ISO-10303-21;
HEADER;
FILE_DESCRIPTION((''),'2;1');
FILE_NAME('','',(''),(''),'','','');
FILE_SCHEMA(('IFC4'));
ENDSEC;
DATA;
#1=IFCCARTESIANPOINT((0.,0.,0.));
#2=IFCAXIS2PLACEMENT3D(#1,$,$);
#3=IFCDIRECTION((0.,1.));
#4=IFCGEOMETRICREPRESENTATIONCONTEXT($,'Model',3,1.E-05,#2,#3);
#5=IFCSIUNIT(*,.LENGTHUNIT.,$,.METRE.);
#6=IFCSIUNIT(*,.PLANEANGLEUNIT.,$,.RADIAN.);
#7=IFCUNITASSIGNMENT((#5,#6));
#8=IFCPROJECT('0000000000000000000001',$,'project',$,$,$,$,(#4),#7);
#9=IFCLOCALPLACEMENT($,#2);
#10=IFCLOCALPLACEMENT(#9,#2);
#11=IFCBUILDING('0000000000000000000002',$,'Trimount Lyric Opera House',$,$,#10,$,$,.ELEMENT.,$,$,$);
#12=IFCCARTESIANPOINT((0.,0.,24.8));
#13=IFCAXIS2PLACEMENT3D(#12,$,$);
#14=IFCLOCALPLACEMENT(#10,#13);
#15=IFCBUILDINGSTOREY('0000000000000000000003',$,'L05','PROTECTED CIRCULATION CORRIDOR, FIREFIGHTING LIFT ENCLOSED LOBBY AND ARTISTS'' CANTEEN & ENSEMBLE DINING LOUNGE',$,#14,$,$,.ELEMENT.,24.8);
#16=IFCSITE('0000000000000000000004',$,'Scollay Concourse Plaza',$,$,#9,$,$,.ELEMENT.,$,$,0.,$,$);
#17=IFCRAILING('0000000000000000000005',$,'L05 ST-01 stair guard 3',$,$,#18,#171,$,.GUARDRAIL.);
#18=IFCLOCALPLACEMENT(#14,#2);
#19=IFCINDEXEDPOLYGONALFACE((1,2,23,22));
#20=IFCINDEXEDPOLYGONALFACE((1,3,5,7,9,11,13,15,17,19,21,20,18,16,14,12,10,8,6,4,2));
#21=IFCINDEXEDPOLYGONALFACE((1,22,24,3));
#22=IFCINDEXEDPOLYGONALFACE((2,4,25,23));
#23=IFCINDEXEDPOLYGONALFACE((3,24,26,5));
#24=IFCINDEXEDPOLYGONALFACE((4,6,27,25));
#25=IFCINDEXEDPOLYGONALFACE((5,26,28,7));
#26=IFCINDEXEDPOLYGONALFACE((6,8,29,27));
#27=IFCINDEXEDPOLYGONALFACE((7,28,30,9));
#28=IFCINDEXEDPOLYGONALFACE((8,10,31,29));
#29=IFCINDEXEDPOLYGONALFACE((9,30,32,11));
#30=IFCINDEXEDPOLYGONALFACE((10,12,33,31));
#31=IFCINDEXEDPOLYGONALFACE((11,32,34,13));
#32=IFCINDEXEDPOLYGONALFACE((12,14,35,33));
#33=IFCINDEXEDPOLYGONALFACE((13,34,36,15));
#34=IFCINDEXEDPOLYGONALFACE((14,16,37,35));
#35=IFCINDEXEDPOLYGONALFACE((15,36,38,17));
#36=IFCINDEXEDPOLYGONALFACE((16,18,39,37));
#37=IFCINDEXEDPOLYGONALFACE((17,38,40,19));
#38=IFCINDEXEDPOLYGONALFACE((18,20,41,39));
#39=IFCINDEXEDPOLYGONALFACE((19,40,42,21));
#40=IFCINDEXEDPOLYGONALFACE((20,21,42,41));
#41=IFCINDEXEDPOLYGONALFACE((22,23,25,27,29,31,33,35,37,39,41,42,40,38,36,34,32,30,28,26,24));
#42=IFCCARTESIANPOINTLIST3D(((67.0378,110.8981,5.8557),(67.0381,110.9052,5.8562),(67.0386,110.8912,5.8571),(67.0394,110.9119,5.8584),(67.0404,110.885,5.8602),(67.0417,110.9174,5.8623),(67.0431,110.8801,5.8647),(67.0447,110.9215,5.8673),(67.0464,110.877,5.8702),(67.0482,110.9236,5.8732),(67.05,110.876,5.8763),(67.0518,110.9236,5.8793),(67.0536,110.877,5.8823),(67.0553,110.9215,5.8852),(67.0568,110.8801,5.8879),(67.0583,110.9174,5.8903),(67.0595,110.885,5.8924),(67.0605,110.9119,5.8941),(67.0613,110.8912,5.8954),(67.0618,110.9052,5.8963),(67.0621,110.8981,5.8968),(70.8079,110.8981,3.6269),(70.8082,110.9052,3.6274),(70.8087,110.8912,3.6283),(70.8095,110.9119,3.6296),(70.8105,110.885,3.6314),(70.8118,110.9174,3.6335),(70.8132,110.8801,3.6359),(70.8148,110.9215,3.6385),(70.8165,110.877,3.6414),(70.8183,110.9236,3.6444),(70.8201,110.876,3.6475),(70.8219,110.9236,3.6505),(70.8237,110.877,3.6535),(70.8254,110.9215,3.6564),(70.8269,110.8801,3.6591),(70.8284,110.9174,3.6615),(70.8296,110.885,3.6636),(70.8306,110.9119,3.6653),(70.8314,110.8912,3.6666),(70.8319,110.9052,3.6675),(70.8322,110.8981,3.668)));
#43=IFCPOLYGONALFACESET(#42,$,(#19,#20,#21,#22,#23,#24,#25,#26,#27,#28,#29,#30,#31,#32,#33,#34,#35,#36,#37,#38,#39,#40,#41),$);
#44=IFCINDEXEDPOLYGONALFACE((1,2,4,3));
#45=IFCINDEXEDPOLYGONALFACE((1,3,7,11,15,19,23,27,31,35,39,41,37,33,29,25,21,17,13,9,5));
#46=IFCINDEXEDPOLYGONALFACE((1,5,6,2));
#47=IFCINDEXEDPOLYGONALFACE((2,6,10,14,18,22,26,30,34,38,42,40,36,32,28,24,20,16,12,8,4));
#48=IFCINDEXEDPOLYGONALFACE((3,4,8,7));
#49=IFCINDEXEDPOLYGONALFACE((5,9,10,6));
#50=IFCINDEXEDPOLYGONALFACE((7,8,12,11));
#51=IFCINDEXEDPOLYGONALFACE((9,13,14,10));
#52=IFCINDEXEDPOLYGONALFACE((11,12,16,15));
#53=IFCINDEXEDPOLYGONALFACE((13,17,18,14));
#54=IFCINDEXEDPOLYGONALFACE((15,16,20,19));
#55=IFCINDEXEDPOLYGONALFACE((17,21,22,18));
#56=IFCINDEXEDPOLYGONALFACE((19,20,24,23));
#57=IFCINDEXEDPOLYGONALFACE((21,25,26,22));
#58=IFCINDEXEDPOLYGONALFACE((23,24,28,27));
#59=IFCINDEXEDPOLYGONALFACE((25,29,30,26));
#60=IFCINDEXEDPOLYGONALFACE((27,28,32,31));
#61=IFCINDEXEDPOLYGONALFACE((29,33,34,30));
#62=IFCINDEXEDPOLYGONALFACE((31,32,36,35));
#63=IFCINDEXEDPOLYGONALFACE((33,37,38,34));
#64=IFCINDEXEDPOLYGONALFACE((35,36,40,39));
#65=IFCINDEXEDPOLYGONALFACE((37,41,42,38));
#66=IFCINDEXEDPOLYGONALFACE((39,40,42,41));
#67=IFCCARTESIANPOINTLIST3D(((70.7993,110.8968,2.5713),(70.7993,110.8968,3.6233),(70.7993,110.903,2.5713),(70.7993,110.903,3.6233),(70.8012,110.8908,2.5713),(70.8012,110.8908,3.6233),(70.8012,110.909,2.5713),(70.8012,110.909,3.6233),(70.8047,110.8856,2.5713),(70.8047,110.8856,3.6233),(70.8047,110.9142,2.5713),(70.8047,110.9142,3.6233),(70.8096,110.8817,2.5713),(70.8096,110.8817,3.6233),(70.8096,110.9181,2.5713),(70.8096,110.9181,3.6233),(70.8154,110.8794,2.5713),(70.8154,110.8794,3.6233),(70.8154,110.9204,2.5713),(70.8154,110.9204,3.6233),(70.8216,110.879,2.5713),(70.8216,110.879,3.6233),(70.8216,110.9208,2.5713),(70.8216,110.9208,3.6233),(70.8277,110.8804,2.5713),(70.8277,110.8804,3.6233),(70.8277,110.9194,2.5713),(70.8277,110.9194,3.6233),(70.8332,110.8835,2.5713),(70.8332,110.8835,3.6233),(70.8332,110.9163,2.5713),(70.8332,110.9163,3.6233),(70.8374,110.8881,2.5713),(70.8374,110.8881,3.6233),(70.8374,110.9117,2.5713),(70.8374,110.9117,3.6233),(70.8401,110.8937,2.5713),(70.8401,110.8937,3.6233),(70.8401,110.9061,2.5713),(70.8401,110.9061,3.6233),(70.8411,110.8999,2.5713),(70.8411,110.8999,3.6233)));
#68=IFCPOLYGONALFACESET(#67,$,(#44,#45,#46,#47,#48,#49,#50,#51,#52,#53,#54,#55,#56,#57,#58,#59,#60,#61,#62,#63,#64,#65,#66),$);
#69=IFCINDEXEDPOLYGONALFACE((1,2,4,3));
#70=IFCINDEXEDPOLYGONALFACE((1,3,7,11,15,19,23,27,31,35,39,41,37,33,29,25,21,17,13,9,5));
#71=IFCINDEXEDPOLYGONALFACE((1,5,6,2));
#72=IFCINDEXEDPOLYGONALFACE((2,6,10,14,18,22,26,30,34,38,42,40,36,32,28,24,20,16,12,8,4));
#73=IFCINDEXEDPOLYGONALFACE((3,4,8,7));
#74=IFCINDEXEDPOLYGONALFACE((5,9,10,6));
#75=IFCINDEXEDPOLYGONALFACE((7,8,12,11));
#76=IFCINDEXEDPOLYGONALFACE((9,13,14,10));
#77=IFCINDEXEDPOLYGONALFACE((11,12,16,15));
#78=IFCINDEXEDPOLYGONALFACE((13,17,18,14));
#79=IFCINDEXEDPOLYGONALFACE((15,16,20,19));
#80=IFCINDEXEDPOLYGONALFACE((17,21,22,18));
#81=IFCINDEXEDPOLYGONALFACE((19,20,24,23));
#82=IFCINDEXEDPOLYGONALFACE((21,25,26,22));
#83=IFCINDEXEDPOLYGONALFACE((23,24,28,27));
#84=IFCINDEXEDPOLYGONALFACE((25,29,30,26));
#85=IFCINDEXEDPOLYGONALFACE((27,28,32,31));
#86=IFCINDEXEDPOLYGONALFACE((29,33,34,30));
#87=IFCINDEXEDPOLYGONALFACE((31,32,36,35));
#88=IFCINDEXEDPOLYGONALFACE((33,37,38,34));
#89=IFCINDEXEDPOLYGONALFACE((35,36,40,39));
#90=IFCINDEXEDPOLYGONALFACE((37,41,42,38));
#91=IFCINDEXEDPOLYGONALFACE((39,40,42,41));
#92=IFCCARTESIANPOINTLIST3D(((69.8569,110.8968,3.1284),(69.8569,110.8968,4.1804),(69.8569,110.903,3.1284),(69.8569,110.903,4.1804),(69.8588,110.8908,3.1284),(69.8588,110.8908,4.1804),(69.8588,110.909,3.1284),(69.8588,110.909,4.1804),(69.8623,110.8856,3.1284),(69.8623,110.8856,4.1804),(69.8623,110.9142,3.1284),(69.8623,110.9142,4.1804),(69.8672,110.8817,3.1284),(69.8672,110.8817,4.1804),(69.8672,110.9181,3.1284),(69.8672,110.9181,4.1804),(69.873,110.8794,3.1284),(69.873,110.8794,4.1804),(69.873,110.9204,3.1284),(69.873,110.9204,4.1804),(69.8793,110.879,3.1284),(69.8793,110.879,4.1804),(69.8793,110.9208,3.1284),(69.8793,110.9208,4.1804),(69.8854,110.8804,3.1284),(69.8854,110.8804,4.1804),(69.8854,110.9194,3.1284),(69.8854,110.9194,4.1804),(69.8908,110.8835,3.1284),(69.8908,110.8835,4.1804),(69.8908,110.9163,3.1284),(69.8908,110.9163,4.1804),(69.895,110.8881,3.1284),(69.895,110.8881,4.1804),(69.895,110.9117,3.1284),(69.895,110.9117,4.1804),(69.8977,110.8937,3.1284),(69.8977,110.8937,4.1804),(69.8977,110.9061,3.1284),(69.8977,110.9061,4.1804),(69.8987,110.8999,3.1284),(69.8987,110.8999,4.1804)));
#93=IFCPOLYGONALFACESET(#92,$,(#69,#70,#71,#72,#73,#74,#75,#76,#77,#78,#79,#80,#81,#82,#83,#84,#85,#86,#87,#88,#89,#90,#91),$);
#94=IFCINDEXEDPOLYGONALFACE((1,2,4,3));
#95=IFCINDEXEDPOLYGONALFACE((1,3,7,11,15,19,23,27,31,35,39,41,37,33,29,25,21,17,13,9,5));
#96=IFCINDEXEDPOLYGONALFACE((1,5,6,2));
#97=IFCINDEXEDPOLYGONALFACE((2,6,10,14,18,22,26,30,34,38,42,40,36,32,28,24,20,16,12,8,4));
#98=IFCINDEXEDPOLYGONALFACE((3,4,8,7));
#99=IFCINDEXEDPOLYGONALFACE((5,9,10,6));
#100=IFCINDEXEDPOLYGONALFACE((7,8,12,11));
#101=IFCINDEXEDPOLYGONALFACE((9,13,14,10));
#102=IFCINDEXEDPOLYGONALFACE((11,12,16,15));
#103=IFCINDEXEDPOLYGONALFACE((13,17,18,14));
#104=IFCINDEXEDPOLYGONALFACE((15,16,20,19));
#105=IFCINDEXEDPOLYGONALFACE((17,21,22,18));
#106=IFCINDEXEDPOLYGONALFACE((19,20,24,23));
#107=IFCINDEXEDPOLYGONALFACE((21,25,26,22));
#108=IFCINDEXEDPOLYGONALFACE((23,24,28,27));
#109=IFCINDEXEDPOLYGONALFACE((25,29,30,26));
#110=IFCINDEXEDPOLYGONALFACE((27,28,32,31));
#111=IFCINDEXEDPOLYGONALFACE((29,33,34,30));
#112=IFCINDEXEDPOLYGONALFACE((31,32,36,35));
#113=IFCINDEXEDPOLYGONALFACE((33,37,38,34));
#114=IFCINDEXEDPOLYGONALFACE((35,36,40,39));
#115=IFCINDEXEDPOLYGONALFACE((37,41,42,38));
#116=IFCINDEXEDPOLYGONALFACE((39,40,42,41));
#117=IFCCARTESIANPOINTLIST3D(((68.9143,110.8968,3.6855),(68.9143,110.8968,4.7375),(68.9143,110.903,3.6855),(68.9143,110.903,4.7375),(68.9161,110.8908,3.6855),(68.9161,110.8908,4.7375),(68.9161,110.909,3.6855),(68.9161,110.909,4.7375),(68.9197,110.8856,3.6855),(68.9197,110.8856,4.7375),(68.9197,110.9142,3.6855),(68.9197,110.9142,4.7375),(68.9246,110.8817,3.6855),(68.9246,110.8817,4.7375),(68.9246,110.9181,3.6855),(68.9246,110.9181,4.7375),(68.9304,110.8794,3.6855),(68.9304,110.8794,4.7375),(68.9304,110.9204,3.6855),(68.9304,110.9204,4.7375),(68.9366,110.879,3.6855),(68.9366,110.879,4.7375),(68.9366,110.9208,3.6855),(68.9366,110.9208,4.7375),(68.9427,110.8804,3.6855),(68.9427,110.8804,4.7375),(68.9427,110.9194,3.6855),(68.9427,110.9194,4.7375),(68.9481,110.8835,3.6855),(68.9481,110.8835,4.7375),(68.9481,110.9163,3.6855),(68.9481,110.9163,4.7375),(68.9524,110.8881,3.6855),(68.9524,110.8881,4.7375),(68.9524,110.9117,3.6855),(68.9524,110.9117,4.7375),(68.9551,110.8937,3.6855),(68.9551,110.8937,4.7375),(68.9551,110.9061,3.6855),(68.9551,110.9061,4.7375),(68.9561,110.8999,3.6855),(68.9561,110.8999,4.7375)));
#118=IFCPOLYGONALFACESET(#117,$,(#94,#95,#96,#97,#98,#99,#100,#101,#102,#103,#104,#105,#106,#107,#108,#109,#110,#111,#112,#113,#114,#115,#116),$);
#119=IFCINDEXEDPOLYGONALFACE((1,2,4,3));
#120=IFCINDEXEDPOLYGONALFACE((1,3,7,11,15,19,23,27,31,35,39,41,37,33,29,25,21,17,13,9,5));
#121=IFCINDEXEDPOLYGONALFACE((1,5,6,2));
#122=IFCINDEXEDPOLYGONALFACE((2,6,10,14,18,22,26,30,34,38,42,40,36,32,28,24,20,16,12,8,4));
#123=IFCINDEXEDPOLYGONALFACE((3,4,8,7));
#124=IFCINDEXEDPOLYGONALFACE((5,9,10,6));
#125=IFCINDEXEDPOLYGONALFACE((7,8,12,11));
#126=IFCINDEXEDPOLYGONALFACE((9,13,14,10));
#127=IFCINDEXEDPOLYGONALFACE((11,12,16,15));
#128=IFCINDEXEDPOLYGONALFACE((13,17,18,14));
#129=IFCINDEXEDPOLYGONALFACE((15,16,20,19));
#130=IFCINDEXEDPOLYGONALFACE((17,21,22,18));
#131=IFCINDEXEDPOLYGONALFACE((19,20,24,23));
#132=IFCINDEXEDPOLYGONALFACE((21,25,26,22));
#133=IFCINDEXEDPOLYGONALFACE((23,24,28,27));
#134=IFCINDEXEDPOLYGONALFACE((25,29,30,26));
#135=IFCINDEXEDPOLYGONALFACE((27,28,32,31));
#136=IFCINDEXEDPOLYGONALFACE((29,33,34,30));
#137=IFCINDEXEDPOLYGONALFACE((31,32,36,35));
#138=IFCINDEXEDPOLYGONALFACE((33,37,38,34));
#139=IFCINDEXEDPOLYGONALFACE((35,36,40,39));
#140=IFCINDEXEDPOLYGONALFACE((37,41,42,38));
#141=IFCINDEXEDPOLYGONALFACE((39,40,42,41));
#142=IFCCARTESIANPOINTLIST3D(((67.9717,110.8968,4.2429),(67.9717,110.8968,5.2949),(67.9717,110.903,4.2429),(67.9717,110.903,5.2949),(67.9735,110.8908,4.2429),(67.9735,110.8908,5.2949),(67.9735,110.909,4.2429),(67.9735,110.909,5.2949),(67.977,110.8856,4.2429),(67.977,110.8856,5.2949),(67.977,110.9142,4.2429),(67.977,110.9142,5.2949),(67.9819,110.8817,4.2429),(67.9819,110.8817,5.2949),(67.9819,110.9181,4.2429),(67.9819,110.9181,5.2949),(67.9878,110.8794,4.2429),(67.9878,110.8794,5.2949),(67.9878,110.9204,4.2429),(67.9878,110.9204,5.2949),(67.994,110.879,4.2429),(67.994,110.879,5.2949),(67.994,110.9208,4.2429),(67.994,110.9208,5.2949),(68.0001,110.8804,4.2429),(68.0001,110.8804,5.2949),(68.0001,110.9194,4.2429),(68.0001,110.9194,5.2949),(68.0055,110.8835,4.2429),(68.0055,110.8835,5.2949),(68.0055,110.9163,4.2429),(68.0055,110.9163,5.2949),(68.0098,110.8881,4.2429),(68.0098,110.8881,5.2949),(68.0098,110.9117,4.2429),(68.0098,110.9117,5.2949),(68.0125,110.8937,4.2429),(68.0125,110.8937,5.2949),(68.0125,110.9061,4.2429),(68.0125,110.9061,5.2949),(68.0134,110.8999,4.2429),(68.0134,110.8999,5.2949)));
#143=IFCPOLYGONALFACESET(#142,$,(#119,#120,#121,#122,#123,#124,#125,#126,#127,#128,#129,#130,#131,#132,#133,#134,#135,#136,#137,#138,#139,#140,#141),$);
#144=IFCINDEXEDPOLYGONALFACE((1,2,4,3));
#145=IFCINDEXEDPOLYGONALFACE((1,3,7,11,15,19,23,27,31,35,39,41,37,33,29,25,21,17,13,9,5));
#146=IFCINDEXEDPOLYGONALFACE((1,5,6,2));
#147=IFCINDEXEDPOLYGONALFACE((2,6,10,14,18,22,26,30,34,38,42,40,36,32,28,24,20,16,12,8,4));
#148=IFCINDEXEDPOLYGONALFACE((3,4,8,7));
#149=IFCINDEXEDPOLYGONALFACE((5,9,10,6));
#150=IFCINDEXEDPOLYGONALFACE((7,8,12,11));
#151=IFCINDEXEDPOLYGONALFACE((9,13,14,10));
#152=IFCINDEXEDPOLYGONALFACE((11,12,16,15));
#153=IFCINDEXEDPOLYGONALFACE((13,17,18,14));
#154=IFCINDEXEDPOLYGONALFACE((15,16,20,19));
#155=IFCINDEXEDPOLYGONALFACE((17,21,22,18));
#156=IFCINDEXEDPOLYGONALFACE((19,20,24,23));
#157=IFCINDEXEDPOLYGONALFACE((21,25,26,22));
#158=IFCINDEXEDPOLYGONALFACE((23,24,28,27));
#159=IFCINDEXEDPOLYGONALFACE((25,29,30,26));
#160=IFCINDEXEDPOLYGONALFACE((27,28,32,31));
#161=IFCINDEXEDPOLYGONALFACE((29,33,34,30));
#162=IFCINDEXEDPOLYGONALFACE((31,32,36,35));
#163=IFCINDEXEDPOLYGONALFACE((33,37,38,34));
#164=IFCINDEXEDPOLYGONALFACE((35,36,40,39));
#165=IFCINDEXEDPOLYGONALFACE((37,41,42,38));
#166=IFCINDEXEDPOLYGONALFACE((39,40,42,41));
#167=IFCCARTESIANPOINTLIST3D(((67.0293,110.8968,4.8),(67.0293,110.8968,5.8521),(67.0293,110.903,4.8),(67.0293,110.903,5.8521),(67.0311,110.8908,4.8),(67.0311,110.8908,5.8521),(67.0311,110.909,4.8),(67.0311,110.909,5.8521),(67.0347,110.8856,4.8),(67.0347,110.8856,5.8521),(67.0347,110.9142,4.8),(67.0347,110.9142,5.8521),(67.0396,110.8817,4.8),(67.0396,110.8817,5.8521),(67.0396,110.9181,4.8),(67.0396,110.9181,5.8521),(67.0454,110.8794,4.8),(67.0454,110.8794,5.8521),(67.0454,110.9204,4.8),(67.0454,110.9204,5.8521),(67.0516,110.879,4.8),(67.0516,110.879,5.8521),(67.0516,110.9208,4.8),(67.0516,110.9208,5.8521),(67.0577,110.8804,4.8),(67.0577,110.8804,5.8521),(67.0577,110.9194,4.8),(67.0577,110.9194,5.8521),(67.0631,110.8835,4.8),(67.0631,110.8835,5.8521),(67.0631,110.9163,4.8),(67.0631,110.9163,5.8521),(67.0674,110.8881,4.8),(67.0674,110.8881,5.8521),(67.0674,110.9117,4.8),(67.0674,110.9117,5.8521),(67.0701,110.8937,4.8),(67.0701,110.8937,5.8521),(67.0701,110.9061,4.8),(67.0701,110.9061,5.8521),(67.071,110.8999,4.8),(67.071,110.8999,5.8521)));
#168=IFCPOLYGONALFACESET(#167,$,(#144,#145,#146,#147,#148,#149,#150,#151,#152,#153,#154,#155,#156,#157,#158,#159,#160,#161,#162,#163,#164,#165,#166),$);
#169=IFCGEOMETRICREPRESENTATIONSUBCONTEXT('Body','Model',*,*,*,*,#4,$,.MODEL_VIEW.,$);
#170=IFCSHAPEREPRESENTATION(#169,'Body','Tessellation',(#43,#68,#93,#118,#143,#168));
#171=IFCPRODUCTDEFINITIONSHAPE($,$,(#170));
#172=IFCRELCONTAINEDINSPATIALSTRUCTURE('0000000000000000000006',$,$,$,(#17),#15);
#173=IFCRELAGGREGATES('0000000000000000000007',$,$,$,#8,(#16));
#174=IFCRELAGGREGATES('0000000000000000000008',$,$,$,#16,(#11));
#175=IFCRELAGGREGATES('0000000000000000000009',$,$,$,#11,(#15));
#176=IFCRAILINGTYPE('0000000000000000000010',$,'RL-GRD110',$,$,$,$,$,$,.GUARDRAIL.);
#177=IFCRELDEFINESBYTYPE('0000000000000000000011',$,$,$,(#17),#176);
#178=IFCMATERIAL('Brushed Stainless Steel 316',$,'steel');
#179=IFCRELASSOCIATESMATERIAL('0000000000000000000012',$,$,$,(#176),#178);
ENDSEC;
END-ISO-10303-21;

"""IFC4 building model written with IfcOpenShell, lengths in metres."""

from ifc_helpers import new_model, si_unit, direction, frame, origin, origin_2d, place, context, subcontext, project, spatial, circle, extrude, material, type_object, element, save


model = new_model("IFC4")

# Units and contexts
model_context = context("Model", 3, precision=1e-05, world=origin(), true_north=direction((0.0, 1.0)))
body_context = subcontext(model_context, "Body", "Model", "MODEL_VIEW")
ifc_project = project(units=[si_unit("LENGTHUNIT", "METRE"), si_unit("PLANEANGLEUNIT", "RADIAN")], contexts=[model_context])

# Site, building, storey
site_placement = place(None, origin())
site = spatial("IfcSite", under=ifc_project, at=site_placement, Name="Scollay Concourse Plaza", CompositionType="ELEMENT", RefElevation=0.0)
building_placement = place(site_placement, origin())
building = spatial("IfcBuilding", under=site, at=building_placement, Name="Trimount Lyric Opera House", CompositionType="ELEMENT")
storey_placement = place(building_placement, frame((0.0, 0.0, 24.8)))
storey = spatial("IfcBuildingStorey", under=building, at=storey_placement, Name="L05", Description="PROTECTED CIRCULATION CORRIDOR, FIREFIGHTING LIFT ENCLOSED LOBBY AND ARTISTS' CANTEEN & ENSEMBLE DINING LOUNGE", CompositionType="ELEMENT", Elevation=24.8)

# Railing
ifc_material_1 = material(Name="Brushed Stainless Steel 316", Category="steel")
railing_type_1 = type_object("IfcRailingType", Name="RL-GRD110", PredefinedType="GUARDRAIL", material=ifc_material_1)
railing_1_placement = place(storey_placement, frame((70.8201, 110.8999, 2.5713)))
element("IfcRailing", 1, at=railing_1_placement, inside=storey, type_object=railing_type_1, Name="L05 ST-01 stair guard 3", PredefinedType="GUARDRAIL", context=body_context, shape_type="SweptSolid", body=[
    extrude(circle(Radius=0.0239, at=origin_2d()), frame((0.0, 0.0, 1.0762), z_axis=(-0.860824, 0.0, 0.508902), x_axis=(0.0, -1.0, 0.0)), (0.0, 0.0, 1.0), 4.3796),
    extrude(circle(Radius=0.021, at=origin_2d()), origin(), (0.0, 0.0, 1.0), 1.052),
    extrude(circle(Radius=0.021, at=origin_2d()), frame((-0.9424, 0.0, 0.5571)), (0.0, 0.0, 1.0), 1.052),
    extrude(circle(Radius=0.021, at=origin_2d()), frame((-1.885, 0.0, 1.1143)), (0.0, 0.0, 1.0), 1.052),
    extrude(circle(Radius=0.021, at=origin_2d()), frame((-2.8276, 0.0, 1.6716)), (0.0, 0.0, 1.0), 1.052),
    extrude(circle(Radius=0.021, at=origin_2d()), frame((-3.77, 0.0, 2.2288)), (0.0, 0.0, 1.0), 1.052),
])

save(model, "model.ifc")
